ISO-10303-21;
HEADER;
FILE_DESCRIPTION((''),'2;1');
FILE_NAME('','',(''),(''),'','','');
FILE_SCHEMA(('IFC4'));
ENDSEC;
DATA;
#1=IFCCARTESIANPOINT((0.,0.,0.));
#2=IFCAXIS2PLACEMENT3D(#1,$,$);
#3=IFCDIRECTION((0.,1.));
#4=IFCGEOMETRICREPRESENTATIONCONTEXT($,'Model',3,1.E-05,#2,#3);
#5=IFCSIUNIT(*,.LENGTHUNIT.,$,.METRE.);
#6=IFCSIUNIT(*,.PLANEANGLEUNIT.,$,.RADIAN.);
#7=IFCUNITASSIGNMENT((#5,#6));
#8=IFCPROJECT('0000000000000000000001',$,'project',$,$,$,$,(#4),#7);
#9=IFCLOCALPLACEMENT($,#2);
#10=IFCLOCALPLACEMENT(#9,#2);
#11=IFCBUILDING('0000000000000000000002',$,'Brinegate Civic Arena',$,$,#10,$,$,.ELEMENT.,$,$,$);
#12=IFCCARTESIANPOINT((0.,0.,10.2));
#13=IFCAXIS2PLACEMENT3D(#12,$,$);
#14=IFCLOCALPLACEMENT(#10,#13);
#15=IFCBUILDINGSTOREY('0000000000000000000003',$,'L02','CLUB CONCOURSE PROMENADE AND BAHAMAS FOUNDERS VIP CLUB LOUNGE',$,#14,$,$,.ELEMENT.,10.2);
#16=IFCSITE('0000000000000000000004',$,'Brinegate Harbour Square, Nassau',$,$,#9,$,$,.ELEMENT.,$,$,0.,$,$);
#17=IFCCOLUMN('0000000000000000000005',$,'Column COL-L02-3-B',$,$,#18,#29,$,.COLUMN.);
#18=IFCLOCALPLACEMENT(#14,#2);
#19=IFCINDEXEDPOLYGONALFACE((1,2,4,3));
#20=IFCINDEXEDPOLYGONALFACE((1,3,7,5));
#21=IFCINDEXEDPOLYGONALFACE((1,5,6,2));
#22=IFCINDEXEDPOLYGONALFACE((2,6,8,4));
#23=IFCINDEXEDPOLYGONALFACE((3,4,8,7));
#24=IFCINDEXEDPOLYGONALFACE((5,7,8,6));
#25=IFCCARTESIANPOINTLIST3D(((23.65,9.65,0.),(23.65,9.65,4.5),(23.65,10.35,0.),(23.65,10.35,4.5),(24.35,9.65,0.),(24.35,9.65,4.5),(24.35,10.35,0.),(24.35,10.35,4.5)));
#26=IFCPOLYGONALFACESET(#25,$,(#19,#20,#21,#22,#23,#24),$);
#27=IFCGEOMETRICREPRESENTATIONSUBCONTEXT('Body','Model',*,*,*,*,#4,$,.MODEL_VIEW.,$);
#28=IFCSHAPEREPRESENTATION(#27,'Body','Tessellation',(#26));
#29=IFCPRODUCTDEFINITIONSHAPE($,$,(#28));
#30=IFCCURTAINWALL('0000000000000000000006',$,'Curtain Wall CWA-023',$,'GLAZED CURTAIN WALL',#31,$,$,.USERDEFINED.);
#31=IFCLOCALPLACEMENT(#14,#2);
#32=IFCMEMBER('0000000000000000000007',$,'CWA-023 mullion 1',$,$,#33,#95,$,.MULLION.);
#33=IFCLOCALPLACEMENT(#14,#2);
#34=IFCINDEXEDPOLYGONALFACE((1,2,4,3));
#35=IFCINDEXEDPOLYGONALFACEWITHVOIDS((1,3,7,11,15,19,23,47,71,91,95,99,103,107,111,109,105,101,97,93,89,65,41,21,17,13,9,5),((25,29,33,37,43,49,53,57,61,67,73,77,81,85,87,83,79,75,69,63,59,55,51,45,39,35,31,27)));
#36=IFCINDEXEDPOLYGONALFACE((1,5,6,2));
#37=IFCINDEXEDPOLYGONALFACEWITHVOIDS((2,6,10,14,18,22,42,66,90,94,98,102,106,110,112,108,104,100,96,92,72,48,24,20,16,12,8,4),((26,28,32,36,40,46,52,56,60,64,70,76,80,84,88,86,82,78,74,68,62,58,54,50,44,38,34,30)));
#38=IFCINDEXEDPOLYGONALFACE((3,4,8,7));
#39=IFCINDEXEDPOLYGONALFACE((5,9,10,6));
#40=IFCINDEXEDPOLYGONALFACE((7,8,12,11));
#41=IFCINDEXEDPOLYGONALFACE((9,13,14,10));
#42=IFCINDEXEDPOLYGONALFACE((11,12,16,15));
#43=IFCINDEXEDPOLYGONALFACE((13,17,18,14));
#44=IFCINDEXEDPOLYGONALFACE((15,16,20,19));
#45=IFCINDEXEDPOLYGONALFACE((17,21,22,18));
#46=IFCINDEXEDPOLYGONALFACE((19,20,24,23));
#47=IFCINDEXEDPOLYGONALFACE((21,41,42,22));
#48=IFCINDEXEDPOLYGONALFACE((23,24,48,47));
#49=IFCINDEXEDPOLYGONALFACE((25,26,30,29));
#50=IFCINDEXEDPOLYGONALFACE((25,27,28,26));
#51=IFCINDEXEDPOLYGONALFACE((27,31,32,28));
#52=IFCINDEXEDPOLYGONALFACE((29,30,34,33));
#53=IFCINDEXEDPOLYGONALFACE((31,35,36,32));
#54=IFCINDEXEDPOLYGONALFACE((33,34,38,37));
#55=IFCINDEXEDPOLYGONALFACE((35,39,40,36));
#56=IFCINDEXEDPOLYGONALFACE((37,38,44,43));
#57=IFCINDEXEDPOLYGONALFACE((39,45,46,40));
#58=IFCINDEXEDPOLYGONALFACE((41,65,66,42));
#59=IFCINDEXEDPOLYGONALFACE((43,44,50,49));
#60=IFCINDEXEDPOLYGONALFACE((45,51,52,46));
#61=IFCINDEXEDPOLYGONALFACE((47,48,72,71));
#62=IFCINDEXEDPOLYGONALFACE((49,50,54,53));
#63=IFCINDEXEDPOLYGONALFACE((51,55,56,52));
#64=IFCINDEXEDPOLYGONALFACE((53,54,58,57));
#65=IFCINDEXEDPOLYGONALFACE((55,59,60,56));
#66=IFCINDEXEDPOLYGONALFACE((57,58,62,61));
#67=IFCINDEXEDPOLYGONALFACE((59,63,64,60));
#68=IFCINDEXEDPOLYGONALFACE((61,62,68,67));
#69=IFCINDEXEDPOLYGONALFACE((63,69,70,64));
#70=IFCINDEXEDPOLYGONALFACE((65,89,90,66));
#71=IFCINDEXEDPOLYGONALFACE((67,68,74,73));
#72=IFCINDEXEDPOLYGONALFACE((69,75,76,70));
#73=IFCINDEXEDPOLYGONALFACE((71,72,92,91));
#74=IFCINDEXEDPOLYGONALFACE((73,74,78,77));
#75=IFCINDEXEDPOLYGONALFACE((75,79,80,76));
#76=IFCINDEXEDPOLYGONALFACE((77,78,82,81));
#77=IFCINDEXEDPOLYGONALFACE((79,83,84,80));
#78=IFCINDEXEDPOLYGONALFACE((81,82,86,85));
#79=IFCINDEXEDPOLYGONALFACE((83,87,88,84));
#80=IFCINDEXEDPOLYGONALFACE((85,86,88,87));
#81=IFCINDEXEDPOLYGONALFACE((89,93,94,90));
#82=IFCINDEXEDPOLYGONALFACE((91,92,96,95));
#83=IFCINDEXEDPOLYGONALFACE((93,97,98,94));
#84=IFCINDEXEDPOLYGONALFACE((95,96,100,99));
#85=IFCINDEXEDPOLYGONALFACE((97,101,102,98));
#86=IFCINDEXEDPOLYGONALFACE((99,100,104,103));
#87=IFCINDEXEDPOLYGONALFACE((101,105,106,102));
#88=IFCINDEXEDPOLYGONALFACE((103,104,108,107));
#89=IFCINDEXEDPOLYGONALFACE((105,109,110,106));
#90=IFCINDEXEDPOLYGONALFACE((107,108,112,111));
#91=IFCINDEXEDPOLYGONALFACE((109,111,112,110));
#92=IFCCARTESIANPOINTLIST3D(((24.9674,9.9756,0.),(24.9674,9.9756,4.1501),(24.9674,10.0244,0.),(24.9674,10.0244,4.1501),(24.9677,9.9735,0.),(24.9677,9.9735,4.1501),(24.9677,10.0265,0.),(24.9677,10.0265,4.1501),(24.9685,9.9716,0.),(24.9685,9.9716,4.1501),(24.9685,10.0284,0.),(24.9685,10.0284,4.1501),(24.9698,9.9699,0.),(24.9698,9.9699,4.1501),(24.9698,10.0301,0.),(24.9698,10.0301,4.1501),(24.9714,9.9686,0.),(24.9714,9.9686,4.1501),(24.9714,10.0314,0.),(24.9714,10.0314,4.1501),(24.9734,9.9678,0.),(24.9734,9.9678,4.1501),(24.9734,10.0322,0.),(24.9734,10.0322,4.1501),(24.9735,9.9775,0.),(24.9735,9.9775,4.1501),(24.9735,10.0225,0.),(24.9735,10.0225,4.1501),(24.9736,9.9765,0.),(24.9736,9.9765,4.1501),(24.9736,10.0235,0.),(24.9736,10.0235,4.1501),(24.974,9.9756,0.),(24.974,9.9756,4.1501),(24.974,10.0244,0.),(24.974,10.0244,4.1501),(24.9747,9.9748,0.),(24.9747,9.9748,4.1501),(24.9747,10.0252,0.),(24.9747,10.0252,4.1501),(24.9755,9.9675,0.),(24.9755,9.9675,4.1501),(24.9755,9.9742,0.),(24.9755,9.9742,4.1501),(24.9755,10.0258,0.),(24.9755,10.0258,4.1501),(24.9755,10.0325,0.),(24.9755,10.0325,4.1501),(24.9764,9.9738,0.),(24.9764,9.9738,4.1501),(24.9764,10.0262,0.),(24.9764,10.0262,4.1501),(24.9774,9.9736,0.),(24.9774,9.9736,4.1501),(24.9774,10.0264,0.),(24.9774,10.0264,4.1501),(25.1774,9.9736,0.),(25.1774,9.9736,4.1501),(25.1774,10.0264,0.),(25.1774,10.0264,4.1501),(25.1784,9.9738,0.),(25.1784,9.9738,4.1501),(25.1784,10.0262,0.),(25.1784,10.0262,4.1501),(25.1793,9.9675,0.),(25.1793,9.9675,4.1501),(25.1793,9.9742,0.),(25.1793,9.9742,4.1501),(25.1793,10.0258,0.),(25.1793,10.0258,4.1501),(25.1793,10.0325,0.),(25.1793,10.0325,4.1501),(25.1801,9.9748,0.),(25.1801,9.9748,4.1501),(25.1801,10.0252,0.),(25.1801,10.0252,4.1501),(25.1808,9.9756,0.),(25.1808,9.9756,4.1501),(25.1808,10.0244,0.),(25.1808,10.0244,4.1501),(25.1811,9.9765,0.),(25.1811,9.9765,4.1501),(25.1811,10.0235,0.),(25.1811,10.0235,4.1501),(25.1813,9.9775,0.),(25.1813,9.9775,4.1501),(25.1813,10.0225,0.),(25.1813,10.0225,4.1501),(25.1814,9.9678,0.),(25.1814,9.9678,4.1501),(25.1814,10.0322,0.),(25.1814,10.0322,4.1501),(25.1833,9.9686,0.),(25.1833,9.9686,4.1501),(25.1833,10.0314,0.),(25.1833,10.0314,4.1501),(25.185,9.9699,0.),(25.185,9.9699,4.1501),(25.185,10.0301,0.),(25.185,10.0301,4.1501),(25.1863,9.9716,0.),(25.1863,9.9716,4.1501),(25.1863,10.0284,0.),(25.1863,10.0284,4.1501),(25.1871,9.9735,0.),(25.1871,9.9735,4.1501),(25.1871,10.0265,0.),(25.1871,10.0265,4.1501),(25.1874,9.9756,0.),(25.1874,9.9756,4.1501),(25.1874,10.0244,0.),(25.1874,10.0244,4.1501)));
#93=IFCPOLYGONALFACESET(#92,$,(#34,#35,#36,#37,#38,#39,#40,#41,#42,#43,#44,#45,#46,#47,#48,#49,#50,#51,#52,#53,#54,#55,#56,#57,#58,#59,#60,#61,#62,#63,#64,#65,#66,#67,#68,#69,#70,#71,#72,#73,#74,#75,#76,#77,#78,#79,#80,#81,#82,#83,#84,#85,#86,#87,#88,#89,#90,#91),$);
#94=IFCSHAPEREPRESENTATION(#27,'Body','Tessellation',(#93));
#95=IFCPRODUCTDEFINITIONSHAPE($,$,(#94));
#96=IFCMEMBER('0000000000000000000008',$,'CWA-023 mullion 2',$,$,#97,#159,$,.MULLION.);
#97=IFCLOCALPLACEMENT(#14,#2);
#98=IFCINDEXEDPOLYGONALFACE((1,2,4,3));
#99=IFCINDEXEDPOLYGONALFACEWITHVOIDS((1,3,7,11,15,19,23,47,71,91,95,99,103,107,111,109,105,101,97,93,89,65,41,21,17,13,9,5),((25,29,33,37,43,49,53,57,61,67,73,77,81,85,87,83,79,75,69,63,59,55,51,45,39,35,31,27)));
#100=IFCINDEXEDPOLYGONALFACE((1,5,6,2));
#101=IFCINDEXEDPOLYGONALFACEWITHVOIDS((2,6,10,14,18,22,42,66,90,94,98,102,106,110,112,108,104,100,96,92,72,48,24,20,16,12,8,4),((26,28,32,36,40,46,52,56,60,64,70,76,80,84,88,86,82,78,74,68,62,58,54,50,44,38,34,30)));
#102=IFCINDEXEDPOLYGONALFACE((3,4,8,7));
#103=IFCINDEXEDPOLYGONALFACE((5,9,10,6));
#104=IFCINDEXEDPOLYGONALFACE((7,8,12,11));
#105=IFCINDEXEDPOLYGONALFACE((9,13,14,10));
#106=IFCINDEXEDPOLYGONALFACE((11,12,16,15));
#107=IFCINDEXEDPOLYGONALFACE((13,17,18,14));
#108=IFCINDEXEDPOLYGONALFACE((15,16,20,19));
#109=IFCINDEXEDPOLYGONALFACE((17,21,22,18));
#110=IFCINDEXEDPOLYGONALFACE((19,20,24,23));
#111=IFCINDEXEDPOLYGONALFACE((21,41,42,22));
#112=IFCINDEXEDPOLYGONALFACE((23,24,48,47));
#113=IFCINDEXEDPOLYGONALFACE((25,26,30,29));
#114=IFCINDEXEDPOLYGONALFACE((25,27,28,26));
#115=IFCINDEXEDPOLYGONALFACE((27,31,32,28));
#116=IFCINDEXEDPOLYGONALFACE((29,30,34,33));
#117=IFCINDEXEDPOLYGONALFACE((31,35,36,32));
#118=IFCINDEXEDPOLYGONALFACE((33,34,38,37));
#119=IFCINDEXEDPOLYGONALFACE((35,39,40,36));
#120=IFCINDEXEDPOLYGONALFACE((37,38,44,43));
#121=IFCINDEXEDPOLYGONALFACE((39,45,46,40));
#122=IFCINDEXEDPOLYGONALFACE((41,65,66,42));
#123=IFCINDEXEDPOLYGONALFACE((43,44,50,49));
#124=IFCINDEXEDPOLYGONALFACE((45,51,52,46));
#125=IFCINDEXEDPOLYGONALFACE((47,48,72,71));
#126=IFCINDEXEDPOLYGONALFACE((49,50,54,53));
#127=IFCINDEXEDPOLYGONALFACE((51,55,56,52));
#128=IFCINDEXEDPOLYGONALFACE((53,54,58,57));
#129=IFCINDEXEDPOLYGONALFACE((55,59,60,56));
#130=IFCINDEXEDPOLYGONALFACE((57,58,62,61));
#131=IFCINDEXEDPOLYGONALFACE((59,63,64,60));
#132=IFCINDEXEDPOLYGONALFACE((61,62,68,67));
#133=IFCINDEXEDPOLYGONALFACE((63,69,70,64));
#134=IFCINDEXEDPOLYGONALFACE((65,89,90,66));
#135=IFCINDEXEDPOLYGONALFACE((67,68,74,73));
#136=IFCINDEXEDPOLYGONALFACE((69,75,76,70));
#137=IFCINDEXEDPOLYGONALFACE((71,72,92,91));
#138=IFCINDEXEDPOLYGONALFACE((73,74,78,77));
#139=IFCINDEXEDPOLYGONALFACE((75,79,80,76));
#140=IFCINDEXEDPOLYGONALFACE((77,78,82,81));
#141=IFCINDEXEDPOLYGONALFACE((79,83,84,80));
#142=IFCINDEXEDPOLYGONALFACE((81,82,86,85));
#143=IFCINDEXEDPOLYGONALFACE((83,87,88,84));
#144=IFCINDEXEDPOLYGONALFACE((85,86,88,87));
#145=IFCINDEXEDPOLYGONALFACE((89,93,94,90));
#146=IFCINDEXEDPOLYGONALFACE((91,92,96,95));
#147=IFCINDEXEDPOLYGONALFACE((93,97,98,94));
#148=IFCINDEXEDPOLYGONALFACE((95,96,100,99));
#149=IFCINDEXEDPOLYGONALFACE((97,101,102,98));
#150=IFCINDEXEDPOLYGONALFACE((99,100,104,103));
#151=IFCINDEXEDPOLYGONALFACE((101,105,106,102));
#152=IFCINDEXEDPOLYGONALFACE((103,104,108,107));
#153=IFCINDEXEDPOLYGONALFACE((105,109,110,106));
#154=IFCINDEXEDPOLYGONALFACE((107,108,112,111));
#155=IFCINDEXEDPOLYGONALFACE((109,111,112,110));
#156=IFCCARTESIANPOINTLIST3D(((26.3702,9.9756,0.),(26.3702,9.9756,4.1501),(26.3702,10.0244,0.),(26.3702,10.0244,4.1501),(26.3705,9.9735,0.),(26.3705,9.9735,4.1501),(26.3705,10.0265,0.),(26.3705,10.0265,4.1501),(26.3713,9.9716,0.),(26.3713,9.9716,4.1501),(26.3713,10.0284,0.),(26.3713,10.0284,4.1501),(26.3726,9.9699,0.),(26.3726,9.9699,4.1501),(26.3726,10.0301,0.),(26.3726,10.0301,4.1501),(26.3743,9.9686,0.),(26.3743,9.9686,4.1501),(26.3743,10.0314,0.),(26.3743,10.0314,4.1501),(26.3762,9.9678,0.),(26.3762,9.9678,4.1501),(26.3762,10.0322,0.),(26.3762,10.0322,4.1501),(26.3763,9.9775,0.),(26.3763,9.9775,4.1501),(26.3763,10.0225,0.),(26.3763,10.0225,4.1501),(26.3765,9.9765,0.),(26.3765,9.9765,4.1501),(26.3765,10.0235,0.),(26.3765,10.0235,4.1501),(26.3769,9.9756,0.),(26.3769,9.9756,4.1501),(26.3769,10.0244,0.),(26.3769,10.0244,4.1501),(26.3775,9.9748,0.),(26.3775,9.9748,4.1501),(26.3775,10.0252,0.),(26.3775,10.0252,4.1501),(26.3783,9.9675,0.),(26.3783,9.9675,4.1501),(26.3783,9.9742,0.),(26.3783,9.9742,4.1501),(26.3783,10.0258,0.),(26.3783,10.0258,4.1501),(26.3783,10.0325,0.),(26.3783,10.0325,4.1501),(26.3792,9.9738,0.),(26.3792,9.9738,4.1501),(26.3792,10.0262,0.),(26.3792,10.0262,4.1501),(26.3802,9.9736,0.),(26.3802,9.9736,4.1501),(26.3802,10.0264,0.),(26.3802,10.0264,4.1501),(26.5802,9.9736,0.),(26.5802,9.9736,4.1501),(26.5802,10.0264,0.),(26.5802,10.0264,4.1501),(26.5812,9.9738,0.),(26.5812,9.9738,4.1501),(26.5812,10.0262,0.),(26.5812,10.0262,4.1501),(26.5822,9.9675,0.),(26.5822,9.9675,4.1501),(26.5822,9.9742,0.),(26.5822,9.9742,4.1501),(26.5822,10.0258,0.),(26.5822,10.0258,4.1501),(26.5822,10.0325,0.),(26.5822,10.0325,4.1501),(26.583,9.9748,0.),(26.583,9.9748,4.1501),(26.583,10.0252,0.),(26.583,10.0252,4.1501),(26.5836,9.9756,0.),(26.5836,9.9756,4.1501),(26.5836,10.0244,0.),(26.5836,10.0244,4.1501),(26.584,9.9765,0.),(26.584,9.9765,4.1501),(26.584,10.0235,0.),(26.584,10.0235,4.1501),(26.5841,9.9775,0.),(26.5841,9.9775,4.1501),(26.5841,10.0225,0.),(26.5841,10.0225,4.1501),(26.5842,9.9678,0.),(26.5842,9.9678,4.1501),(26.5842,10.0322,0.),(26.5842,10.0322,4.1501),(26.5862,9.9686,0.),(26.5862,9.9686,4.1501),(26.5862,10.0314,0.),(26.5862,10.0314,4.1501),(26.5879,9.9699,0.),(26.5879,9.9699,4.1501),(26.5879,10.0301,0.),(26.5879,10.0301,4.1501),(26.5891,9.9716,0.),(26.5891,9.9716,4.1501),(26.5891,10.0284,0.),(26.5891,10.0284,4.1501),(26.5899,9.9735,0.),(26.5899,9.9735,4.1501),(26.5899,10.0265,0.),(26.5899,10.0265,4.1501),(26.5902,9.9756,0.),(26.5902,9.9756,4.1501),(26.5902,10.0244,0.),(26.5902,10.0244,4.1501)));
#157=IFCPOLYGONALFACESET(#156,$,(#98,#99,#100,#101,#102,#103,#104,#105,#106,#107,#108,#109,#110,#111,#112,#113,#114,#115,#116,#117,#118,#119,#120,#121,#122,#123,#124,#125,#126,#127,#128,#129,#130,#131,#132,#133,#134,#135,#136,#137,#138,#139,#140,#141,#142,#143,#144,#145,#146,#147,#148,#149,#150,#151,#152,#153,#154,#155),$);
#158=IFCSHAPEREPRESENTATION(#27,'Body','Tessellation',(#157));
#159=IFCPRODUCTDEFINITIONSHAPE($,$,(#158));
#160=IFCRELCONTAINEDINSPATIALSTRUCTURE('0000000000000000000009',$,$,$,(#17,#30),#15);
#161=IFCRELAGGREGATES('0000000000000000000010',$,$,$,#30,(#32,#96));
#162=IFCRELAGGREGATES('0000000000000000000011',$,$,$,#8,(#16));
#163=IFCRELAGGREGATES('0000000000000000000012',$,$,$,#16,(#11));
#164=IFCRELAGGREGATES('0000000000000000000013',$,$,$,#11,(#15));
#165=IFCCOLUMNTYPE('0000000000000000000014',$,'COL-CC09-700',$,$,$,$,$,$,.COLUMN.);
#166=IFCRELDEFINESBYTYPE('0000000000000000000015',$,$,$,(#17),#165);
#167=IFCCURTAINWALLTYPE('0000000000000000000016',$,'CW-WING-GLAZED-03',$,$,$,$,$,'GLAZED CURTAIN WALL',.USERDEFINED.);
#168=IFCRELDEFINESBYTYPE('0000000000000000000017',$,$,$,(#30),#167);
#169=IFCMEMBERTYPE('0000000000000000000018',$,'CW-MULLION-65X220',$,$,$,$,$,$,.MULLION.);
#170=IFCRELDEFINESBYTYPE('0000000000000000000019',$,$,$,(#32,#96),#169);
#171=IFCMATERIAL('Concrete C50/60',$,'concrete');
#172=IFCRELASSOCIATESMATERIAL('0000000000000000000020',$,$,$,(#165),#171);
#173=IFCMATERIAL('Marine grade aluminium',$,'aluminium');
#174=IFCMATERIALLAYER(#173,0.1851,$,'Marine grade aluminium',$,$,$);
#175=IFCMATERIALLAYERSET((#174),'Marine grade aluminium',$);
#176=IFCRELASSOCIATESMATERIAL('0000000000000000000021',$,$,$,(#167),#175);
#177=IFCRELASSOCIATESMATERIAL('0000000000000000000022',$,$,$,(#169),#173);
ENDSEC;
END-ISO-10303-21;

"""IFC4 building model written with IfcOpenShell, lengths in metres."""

from ifc_helpers import new_model, si_unit, direction, frame, origin, origin_2d, place, context, subcontext, project, spatial, rectangle, hollow_rectangle, extrude, material, layer, layer_set, material_profile, profile_set, type_object, element, aggregate, save


model = new_model("IFC4")

# Units and contexts
model_context = context("Model", 3, precision=1e-05, world=origin(), true_north=direction((0.0, 1.0)))
body_context = subcontext(model_context, "Body", "Model", "MODEL_VIEW")
ifc_project = project(units=[si_unit("LENGTHUNIT", "METRE"), si_unit("PLANEANGLEUNIT", "RADIAN")], contexts=[model_context])

# Site, building, storey
site_placement = place(None, origin())
site = spatial("IfcSite", under=ifc_project, at=site_placement, Name="Brinegate Harbour Square, Nassau", CompositionType="ELEMENT", RefElevation=0.0)
building_placement = place(site_placement, origin())
building = spatial("IfcBuilding", under=site, at=building_placement, Name="Brinegate Civic Arena", CompositionType="ELEMENT")
storey_placement = place(building_placement, frame((0.0, 0.0, 10.2)))
storey = spatial("IfcBuildingStorey", under=building, at=storey_placement, Name="L02", Description="CLUB CONCOURSE PROMENADE AND BAHAMAS FOUNDERS VIP CLUB LOUNGE", CompositionType="ELEMENT", Elevation=10.2)

# Column
ifc_material_1 = material(Name="Concrete C50/60", Category="concrete")
ifc_material_profile_1 = material_profile(ifc_material_1, rectangle(XDim=0.7, YDim=0.7, at=origin_2d()), Name="RC700X700")
ifc_profile_set_1 = profile_set([ifc_material_profile_1], Name="Concrete C50/60")
column_type = type_object("IfcColumnType", Name="COL-CC09-700", PredefinedType="COLUMN", material=ifc_profile_set_1)
column_placement = place(storey_placement, frame((24.0, 10.0, 0.0), z_axis=(0.0, 0.0, 1.0), x_axis=(1.0, 0.0, 0.0)))
element("IfcColumn", 1, at=column_placement, inside=storey, type_object=column_type, Name="Column COL-L02-3-B", PredefinedType="COLUMN", context=body_context, shape_type="SweptSolid", body=[
    extrude(rectangle(XDim=0.7, YDim=0.7, at=origin_2d()), origin(), (0.0, 0.0, 1.0), 4.5),
])

# Curtain wall, members
ifc_material_2 = material(Name="Marine grade aluminium", Category="aluminium")
ifc_layer_1 = layer(ifc_material_2, 0.1851, Name="Marine grade aluminium")
ifc_layer_set_1 = layer_set([ifc_layer_1], Name="Marine grade aluminium")
curtain_wall_type = type_object("IfcCurtainWallType", Name="CW-WING-GLAZED-03", ElementType="GLAZED CURTAIN WALL", PredefinedType="USERDEFINED", material=ifc_layer_set_1)
curtain_wall_placement = place(storey_placement, origin())
curtain_wall = element("IfcCurtainWall", 2, at=curtain_wall_placement, inside=storey, type_object=curtain_wall_type, Name="Curtain Wall CWA-023", ObjectType="GLAZED CURTAIN WALL", PredefinedType="USERDEFINED")
ifc_material_profile_2 = material_profile(ifc_material_2, hollow_rectangle(XDim=0.0649, YDim=0.22, WallThickness=0.0061, InnerFilletRadius=0.0039, OuterFilletRadius=0.0081, at=origin_2d()), Name="MUL65X220")
ifc_profile_set_2 = profile_set([ifc_material_profile_2], Name="Marine grade aluminium")
member_type_1 = type_object("IfcMemberType", Name="CW-MULLION-65X220", PredefinedType="MULLION", material=ifc_profile_set_2)
member_1_placement = place(storey_placement, frame((25.0774, 10.0, 0.0), z_axis=(0.0, 0.0, 1.0), x_axis=(0.0, 1.0, 0.0)))
member_1 = element("IfcMember", 3, at=member_1_placement, type_object=member_type_1, Name="CWA-023 mullion 1", PredefinedType="MULLION", context=body_context, shape_type="SweptSolid", body=[
    extrude(hollow_rectangle(XDim=0.0649, YDim=0.22, WallThickness=0.0061, InnerFilletRadius=0.0039, OuterFilletRadius=0.0081, at=origin_2d()), origin(), (0.0, 0.0, 1.0), 4.1501),
])
member_2_placement = place(storey_placement, frame((26.4802, 10.0, 0.0), z_axis=(0.0, 0.0, 1.0), x_axis=(0.0, 1.0, 0.0)))
member_2 = element("IfcMember", 4, at=member_2_placement, type_object=member_type_1, Name="CWA-023 mullion 2", PredefinedType="MULLION", context=body_context, shape_type="SweptSolid", body=[
    extrude(hollow_rectangle(XDim=0.0649, YDim=0.22, WallThickness=0.0061, InnerFilletRadius=0.0039, OuterFilletRadius=0.0081, at=origin_2d()), origin(), (0.0, 0.0, 1.0), 4.1501),
])

aggregate(curtain_wall, [member_1, member_2])

save(model, "model.ifc")
